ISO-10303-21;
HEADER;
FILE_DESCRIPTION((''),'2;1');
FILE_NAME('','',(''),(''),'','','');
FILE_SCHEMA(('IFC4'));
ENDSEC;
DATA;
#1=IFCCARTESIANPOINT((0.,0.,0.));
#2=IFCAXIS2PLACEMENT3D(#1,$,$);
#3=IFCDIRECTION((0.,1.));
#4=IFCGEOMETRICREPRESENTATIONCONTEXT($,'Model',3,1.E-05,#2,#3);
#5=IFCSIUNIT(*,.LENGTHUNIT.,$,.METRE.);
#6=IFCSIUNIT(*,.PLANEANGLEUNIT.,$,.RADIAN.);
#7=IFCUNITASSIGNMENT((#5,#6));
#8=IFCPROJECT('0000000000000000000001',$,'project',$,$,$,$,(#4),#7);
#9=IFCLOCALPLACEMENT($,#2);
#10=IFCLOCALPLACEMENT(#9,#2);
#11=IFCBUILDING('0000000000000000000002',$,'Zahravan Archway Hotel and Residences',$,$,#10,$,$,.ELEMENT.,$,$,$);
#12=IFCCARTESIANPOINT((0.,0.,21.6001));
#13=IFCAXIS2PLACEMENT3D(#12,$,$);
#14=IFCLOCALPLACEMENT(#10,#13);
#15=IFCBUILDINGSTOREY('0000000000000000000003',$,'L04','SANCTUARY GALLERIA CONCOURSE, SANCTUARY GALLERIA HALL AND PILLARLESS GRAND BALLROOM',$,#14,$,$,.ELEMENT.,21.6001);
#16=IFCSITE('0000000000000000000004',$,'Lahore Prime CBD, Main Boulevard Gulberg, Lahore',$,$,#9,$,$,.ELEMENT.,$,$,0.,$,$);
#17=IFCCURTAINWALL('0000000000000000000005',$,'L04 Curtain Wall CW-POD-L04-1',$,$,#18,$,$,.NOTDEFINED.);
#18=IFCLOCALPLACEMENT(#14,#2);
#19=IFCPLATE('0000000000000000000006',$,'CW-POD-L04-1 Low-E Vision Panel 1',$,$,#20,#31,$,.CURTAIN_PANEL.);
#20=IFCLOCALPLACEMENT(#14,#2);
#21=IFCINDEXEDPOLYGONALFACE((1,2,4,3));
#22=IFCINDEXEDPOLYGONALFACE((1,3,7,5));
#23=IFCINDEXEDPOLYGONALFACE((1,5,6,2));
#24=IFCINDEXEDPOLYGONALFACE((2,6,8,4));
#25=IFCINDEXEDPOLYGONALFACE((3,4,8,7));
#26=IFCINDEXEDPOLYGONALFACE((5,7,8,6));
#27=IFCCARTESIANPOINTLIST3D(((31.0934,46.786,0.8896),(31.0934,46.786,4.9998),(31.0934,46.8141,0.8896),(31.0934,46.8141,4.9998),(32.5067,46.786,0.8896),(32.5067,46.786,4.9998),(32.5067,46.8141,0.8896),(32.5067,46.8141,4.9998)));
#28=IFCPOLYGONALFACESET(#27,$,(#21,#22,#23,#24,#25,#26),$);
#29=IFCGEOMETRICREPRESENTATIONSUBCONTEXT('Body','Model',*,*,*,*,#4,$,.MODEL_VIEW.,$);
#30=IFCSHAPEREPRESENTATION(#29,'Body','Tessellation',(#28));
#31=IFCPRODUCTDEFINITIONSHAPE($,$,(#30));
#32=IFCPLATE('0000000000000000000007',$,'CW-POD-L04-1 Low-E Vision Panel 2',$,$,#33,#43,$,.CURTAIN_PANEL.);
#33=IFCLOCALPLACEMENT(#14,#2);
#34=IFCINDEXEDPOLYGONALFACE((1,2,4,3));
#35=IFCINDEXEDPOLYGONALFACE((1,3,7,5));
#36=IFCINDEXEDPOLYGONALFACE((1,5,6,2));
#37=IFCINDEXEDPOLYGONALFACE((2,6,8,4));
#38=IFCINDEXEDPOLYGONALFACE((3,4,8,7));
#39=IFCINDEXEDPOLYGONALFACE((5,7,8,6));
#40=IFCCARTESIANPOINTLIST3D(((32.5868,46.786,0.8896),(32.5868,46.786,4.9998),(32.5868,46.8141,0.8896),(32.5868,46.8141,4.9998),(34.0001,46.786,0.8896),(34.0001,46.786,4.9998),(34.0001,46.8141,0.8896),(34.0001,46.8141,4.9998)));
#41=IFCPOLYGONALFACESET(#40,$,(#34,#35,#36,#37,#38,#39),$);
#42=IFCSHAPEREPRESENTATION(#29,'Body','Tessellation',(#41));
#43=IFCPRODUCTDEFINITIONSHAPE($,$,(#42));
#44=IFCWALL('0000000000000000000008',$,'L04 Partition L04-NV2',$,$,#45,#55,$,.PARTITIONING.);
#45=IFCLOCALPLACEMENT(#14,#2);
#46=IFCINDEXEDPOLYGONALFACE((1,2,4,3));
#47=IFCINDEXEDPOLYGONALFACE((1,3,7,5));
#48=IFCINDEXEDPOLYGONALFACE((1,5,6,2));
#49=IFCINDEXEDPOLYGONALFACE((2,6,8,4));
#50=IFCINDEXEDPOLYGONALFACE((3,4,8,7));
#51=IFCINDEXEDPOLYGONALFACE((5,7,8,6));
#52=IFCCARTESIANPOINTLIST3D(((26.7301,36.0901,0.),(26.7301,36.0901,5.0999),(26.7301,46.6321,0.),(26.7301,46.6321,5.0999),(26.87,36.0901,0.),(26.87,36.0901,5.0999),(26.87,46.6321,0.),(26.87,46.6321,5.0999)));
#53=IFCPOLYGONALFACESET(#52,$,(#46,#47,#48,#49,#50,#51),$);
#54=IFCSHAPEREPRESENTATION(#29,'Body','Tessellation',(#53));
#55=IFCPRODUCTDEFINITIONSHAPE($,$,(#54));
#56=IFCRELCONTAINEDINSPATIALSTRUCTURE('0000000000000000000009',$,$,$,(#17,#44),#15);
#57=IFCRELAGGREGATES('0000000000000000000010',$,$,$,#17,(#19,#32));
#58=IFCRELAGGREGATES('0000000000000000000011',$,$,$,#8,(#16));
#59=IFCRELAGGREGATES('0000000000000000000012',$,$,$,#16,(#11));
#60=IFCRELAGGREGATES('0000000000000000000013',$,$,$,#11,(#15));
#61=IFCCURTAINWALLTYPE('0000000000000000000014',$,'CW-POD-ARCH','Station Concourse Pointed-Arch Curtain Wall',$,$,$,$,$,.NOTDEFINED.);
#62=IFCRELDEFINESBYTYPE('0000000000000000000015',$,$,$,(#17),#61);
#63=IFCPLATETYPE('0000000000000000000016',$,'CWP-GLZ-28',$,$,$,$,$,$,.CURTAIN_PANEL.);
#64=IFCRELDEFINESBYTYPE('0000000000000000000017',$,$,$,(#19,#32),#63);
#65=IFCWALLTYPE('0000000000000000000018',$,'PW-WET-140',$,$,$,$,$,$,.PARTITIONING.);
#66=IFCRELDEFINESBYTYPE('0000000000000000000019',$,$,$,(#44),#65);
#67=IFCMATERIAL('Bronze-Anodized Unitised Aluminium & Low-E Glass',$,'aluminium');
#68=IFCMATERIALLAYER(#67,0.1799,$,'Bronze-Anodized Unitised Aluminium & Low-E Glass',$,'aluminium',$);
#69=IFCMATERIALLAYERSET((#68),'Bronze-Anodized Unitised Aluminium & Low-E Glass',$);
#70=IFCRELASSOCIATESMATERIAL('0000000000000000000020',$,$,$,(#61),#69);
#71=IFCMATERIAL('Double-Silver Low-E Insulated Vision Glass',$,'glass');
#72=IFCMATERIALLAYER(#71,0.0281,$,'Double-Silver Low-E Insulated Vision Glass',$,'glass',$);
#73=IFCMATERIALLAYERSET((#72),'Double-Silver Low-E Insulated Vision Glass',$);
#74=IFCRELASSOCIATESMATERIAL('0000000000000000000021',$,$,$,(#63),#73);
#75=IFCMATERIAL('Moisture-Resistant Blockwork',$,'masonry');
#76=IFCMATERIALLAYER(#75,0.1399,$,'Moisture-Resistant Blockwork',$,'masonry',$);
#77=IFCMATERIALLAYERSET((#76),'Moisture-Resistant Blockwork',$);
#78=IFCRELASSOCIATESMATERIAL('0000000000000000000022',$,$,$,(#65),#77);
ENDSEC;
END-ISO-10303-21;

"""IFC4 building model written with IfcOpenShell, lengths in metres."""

from ifc_helpers import new_model, si_unit, direction, frame, frame_2d, origin, origin_2d, place, context, subcontext, project, spatial, rectangle, extrude, source, transform, mapped, material, layer, layer_set, type_object, element, aggregate, save


model = new_model("IFC4")

# Units and contexts
model_context = context("Model", 3, precision=1e-05, world=origin(), true_north=direction((0.0, 1.0)))
body_context = subcontext(model_context, "Body", "Model", "MODEL_VIEW")
ifc_project = project(units=[si_unit("LENGTHUNIT", "METRE"), si_unit("PLANEANGLEUNIT", "RADIAN")], contexts=[model_context])

# Site, building, storey
site_placement = place(None, origin())
site = spatial("IfcSite", under=ifc_project, at=site_placement, Name="Lahore Prime CBD, Main Boulevard Gulberg, Lahore", CompositionType="ELEMENT", RefElevation=0.0)
building_placement = place(site_placement, origin())
building = spatial("IfcBuilding", under=site, at=building_placement, Name="Zahravan Archway Hotel and Residences", CompositionType="ELEMENT")
storey_placement = place(building_placement, frame((0.0, 0.0, 21.6001)))
storey = spatial("IfcBuildingStorey", under=building, at=storey_placement, Name="L04", Description="SANCTUARY GALLERIA CONCOURSE, SANCTUARY GALLERIA HALL AND PILLARLESS GRAND BALLROOM", CompositionType="ELEMENT", Elevation=21.6001)

# Curtain wall, plates
ifc_material_1 = material(Name="Bronze-Anodized Unitised Aluminium & Low-E Glass", Category="aluminium")
ifc_layer_1 = layer(ifc_material_1, 0.1799, Name="Bronze-Anodized Unitised Aluminium & Low-E Glass", Category="aluminium")
ifc_layer_set_1 = layer_set([ifc_layer_1], Name="Bronze-Anodized Unitised Aluminium & Low-E Glass")
curtain_wall_type = type_object("IfcCurtainWallType", Name="CW-POD-ARCH", Description="Station Concourse Pointed-Arch Curtain Wall", PredefinedType="NOTDEFINED", material=ifc_layer_set_1)
curtain_wall_placement = place(storey_placement, origin())
curtain_wall = element("IfcCurtainWall", 1, at=curtain_wall_placement, inside=storey, type_object=curtain_wall_type, Name="L04 Curtain Wall CW-POD-L04-1", PredefinedType="NOTDEFINED")
ifc_material_2 = material(Name="Double-Silver Low-E Insulated Vision Glass", Category="glass")
ifc_layer_2 = layer(ifc_material_2, 0.0281, Name="Double-Silver Low-E Insulated Vision Glass", Category="glass")
ifc_layer_set_2 = layer_set([ifc_layer_2], Name="Double-Silver Low-E Insulated Vision Glass")
plate_type_1 = type_object("IfcPlateType", Name="CWP-GLZ-28", PredefinedType="CURTAIN_PANEL", material=ifc_layer_set_2)
shared_shape_1 = source(origin(), body_context, "Body", "SweptSolid", [
    extrude(rectangle(XDim=1.4133, YDim=0.0281, at=origin_2d()), origin(), (0.0, 0.0, 1.0), 4.1101),
])
plate_1_placement = place(storey_placement, frame((31.8, 46.8, 0.8896), z_axis=(0.0, 0.0, 1.0), x_axis=(1.0, 0.0, 0.0)))
plate_1 = element("IfcPlate", 2, at=plate_1_placement, type_object=plate_type_1, Name="CW-POD-L04-1 Low-E Vision Panel 1", PredefinedType="CURTAIN_PANEL", context=body_context, shape_type="MappedRepresentation", body=[
    mapped(shared_shape_1, transform((0.0, 0.0, 0.0), scale=1.0)),
])
plate_2_placement = place(storey_placement, frame((33.2935, 46.8, 0.8896), z_axis=(0.0, 0.0, 1.0), x_axis=(1.0, 0.0, 0.0)))
plate_2 = element("IfcPlate", 3, at=plate_2_placement, type_object=plate_type_1, Name="CW-POD-L04-1 Low-E Vision Panel 2", PredefinedType="CURTAIN_PANEL", context=body_context, shape_type="MappedRepresentation", body=[
    mapped(shared_shape_1, transform((0.0, 0.0, 0.0), scale=1.0)),
])
aggregate(curtain_wall, [plate_1, plate_2])

# Wall
ifc_material_3 = material(Name="Moisture-Resistant Blockwork", Category="masonry")
ifc_layer_3 = layer(ifc_material_3, 0.1399, Name="Moisture-Resistant Blockwork", Category="masonry")
ifc_layer_set_3 = layer_set([ifc_layer_3], Name="Moisture-Resistant Blockwork")
wall_type = type_object("IfcWallType", Name="PW-WET-140", PredefinedType="PARTITIONING", material=ifc_layer_set_3)
wall_placement = place(storey_placement, frame((26.8, 36.0901, 0.0), z_axis=(0.0, 0.0, 1.0), x_axis=(0.0, 1.0, 0.0)))
element("IfcWall", 4, at=wall_placement, inside=storey, type_object=wall_type, Name="L04 Partition L04-NV2", PredefinedType="PARTITIONING", context=body_context, shape_type="SweptSolid", body=[
    extrude(rectangle(XDim=10.542, YDim=0.1399, at=frame_2d((5.271, 0.0))), origin(), (0.0, 0.0, 1.0), 5.0999),
])

save(model, "model.ifc")
